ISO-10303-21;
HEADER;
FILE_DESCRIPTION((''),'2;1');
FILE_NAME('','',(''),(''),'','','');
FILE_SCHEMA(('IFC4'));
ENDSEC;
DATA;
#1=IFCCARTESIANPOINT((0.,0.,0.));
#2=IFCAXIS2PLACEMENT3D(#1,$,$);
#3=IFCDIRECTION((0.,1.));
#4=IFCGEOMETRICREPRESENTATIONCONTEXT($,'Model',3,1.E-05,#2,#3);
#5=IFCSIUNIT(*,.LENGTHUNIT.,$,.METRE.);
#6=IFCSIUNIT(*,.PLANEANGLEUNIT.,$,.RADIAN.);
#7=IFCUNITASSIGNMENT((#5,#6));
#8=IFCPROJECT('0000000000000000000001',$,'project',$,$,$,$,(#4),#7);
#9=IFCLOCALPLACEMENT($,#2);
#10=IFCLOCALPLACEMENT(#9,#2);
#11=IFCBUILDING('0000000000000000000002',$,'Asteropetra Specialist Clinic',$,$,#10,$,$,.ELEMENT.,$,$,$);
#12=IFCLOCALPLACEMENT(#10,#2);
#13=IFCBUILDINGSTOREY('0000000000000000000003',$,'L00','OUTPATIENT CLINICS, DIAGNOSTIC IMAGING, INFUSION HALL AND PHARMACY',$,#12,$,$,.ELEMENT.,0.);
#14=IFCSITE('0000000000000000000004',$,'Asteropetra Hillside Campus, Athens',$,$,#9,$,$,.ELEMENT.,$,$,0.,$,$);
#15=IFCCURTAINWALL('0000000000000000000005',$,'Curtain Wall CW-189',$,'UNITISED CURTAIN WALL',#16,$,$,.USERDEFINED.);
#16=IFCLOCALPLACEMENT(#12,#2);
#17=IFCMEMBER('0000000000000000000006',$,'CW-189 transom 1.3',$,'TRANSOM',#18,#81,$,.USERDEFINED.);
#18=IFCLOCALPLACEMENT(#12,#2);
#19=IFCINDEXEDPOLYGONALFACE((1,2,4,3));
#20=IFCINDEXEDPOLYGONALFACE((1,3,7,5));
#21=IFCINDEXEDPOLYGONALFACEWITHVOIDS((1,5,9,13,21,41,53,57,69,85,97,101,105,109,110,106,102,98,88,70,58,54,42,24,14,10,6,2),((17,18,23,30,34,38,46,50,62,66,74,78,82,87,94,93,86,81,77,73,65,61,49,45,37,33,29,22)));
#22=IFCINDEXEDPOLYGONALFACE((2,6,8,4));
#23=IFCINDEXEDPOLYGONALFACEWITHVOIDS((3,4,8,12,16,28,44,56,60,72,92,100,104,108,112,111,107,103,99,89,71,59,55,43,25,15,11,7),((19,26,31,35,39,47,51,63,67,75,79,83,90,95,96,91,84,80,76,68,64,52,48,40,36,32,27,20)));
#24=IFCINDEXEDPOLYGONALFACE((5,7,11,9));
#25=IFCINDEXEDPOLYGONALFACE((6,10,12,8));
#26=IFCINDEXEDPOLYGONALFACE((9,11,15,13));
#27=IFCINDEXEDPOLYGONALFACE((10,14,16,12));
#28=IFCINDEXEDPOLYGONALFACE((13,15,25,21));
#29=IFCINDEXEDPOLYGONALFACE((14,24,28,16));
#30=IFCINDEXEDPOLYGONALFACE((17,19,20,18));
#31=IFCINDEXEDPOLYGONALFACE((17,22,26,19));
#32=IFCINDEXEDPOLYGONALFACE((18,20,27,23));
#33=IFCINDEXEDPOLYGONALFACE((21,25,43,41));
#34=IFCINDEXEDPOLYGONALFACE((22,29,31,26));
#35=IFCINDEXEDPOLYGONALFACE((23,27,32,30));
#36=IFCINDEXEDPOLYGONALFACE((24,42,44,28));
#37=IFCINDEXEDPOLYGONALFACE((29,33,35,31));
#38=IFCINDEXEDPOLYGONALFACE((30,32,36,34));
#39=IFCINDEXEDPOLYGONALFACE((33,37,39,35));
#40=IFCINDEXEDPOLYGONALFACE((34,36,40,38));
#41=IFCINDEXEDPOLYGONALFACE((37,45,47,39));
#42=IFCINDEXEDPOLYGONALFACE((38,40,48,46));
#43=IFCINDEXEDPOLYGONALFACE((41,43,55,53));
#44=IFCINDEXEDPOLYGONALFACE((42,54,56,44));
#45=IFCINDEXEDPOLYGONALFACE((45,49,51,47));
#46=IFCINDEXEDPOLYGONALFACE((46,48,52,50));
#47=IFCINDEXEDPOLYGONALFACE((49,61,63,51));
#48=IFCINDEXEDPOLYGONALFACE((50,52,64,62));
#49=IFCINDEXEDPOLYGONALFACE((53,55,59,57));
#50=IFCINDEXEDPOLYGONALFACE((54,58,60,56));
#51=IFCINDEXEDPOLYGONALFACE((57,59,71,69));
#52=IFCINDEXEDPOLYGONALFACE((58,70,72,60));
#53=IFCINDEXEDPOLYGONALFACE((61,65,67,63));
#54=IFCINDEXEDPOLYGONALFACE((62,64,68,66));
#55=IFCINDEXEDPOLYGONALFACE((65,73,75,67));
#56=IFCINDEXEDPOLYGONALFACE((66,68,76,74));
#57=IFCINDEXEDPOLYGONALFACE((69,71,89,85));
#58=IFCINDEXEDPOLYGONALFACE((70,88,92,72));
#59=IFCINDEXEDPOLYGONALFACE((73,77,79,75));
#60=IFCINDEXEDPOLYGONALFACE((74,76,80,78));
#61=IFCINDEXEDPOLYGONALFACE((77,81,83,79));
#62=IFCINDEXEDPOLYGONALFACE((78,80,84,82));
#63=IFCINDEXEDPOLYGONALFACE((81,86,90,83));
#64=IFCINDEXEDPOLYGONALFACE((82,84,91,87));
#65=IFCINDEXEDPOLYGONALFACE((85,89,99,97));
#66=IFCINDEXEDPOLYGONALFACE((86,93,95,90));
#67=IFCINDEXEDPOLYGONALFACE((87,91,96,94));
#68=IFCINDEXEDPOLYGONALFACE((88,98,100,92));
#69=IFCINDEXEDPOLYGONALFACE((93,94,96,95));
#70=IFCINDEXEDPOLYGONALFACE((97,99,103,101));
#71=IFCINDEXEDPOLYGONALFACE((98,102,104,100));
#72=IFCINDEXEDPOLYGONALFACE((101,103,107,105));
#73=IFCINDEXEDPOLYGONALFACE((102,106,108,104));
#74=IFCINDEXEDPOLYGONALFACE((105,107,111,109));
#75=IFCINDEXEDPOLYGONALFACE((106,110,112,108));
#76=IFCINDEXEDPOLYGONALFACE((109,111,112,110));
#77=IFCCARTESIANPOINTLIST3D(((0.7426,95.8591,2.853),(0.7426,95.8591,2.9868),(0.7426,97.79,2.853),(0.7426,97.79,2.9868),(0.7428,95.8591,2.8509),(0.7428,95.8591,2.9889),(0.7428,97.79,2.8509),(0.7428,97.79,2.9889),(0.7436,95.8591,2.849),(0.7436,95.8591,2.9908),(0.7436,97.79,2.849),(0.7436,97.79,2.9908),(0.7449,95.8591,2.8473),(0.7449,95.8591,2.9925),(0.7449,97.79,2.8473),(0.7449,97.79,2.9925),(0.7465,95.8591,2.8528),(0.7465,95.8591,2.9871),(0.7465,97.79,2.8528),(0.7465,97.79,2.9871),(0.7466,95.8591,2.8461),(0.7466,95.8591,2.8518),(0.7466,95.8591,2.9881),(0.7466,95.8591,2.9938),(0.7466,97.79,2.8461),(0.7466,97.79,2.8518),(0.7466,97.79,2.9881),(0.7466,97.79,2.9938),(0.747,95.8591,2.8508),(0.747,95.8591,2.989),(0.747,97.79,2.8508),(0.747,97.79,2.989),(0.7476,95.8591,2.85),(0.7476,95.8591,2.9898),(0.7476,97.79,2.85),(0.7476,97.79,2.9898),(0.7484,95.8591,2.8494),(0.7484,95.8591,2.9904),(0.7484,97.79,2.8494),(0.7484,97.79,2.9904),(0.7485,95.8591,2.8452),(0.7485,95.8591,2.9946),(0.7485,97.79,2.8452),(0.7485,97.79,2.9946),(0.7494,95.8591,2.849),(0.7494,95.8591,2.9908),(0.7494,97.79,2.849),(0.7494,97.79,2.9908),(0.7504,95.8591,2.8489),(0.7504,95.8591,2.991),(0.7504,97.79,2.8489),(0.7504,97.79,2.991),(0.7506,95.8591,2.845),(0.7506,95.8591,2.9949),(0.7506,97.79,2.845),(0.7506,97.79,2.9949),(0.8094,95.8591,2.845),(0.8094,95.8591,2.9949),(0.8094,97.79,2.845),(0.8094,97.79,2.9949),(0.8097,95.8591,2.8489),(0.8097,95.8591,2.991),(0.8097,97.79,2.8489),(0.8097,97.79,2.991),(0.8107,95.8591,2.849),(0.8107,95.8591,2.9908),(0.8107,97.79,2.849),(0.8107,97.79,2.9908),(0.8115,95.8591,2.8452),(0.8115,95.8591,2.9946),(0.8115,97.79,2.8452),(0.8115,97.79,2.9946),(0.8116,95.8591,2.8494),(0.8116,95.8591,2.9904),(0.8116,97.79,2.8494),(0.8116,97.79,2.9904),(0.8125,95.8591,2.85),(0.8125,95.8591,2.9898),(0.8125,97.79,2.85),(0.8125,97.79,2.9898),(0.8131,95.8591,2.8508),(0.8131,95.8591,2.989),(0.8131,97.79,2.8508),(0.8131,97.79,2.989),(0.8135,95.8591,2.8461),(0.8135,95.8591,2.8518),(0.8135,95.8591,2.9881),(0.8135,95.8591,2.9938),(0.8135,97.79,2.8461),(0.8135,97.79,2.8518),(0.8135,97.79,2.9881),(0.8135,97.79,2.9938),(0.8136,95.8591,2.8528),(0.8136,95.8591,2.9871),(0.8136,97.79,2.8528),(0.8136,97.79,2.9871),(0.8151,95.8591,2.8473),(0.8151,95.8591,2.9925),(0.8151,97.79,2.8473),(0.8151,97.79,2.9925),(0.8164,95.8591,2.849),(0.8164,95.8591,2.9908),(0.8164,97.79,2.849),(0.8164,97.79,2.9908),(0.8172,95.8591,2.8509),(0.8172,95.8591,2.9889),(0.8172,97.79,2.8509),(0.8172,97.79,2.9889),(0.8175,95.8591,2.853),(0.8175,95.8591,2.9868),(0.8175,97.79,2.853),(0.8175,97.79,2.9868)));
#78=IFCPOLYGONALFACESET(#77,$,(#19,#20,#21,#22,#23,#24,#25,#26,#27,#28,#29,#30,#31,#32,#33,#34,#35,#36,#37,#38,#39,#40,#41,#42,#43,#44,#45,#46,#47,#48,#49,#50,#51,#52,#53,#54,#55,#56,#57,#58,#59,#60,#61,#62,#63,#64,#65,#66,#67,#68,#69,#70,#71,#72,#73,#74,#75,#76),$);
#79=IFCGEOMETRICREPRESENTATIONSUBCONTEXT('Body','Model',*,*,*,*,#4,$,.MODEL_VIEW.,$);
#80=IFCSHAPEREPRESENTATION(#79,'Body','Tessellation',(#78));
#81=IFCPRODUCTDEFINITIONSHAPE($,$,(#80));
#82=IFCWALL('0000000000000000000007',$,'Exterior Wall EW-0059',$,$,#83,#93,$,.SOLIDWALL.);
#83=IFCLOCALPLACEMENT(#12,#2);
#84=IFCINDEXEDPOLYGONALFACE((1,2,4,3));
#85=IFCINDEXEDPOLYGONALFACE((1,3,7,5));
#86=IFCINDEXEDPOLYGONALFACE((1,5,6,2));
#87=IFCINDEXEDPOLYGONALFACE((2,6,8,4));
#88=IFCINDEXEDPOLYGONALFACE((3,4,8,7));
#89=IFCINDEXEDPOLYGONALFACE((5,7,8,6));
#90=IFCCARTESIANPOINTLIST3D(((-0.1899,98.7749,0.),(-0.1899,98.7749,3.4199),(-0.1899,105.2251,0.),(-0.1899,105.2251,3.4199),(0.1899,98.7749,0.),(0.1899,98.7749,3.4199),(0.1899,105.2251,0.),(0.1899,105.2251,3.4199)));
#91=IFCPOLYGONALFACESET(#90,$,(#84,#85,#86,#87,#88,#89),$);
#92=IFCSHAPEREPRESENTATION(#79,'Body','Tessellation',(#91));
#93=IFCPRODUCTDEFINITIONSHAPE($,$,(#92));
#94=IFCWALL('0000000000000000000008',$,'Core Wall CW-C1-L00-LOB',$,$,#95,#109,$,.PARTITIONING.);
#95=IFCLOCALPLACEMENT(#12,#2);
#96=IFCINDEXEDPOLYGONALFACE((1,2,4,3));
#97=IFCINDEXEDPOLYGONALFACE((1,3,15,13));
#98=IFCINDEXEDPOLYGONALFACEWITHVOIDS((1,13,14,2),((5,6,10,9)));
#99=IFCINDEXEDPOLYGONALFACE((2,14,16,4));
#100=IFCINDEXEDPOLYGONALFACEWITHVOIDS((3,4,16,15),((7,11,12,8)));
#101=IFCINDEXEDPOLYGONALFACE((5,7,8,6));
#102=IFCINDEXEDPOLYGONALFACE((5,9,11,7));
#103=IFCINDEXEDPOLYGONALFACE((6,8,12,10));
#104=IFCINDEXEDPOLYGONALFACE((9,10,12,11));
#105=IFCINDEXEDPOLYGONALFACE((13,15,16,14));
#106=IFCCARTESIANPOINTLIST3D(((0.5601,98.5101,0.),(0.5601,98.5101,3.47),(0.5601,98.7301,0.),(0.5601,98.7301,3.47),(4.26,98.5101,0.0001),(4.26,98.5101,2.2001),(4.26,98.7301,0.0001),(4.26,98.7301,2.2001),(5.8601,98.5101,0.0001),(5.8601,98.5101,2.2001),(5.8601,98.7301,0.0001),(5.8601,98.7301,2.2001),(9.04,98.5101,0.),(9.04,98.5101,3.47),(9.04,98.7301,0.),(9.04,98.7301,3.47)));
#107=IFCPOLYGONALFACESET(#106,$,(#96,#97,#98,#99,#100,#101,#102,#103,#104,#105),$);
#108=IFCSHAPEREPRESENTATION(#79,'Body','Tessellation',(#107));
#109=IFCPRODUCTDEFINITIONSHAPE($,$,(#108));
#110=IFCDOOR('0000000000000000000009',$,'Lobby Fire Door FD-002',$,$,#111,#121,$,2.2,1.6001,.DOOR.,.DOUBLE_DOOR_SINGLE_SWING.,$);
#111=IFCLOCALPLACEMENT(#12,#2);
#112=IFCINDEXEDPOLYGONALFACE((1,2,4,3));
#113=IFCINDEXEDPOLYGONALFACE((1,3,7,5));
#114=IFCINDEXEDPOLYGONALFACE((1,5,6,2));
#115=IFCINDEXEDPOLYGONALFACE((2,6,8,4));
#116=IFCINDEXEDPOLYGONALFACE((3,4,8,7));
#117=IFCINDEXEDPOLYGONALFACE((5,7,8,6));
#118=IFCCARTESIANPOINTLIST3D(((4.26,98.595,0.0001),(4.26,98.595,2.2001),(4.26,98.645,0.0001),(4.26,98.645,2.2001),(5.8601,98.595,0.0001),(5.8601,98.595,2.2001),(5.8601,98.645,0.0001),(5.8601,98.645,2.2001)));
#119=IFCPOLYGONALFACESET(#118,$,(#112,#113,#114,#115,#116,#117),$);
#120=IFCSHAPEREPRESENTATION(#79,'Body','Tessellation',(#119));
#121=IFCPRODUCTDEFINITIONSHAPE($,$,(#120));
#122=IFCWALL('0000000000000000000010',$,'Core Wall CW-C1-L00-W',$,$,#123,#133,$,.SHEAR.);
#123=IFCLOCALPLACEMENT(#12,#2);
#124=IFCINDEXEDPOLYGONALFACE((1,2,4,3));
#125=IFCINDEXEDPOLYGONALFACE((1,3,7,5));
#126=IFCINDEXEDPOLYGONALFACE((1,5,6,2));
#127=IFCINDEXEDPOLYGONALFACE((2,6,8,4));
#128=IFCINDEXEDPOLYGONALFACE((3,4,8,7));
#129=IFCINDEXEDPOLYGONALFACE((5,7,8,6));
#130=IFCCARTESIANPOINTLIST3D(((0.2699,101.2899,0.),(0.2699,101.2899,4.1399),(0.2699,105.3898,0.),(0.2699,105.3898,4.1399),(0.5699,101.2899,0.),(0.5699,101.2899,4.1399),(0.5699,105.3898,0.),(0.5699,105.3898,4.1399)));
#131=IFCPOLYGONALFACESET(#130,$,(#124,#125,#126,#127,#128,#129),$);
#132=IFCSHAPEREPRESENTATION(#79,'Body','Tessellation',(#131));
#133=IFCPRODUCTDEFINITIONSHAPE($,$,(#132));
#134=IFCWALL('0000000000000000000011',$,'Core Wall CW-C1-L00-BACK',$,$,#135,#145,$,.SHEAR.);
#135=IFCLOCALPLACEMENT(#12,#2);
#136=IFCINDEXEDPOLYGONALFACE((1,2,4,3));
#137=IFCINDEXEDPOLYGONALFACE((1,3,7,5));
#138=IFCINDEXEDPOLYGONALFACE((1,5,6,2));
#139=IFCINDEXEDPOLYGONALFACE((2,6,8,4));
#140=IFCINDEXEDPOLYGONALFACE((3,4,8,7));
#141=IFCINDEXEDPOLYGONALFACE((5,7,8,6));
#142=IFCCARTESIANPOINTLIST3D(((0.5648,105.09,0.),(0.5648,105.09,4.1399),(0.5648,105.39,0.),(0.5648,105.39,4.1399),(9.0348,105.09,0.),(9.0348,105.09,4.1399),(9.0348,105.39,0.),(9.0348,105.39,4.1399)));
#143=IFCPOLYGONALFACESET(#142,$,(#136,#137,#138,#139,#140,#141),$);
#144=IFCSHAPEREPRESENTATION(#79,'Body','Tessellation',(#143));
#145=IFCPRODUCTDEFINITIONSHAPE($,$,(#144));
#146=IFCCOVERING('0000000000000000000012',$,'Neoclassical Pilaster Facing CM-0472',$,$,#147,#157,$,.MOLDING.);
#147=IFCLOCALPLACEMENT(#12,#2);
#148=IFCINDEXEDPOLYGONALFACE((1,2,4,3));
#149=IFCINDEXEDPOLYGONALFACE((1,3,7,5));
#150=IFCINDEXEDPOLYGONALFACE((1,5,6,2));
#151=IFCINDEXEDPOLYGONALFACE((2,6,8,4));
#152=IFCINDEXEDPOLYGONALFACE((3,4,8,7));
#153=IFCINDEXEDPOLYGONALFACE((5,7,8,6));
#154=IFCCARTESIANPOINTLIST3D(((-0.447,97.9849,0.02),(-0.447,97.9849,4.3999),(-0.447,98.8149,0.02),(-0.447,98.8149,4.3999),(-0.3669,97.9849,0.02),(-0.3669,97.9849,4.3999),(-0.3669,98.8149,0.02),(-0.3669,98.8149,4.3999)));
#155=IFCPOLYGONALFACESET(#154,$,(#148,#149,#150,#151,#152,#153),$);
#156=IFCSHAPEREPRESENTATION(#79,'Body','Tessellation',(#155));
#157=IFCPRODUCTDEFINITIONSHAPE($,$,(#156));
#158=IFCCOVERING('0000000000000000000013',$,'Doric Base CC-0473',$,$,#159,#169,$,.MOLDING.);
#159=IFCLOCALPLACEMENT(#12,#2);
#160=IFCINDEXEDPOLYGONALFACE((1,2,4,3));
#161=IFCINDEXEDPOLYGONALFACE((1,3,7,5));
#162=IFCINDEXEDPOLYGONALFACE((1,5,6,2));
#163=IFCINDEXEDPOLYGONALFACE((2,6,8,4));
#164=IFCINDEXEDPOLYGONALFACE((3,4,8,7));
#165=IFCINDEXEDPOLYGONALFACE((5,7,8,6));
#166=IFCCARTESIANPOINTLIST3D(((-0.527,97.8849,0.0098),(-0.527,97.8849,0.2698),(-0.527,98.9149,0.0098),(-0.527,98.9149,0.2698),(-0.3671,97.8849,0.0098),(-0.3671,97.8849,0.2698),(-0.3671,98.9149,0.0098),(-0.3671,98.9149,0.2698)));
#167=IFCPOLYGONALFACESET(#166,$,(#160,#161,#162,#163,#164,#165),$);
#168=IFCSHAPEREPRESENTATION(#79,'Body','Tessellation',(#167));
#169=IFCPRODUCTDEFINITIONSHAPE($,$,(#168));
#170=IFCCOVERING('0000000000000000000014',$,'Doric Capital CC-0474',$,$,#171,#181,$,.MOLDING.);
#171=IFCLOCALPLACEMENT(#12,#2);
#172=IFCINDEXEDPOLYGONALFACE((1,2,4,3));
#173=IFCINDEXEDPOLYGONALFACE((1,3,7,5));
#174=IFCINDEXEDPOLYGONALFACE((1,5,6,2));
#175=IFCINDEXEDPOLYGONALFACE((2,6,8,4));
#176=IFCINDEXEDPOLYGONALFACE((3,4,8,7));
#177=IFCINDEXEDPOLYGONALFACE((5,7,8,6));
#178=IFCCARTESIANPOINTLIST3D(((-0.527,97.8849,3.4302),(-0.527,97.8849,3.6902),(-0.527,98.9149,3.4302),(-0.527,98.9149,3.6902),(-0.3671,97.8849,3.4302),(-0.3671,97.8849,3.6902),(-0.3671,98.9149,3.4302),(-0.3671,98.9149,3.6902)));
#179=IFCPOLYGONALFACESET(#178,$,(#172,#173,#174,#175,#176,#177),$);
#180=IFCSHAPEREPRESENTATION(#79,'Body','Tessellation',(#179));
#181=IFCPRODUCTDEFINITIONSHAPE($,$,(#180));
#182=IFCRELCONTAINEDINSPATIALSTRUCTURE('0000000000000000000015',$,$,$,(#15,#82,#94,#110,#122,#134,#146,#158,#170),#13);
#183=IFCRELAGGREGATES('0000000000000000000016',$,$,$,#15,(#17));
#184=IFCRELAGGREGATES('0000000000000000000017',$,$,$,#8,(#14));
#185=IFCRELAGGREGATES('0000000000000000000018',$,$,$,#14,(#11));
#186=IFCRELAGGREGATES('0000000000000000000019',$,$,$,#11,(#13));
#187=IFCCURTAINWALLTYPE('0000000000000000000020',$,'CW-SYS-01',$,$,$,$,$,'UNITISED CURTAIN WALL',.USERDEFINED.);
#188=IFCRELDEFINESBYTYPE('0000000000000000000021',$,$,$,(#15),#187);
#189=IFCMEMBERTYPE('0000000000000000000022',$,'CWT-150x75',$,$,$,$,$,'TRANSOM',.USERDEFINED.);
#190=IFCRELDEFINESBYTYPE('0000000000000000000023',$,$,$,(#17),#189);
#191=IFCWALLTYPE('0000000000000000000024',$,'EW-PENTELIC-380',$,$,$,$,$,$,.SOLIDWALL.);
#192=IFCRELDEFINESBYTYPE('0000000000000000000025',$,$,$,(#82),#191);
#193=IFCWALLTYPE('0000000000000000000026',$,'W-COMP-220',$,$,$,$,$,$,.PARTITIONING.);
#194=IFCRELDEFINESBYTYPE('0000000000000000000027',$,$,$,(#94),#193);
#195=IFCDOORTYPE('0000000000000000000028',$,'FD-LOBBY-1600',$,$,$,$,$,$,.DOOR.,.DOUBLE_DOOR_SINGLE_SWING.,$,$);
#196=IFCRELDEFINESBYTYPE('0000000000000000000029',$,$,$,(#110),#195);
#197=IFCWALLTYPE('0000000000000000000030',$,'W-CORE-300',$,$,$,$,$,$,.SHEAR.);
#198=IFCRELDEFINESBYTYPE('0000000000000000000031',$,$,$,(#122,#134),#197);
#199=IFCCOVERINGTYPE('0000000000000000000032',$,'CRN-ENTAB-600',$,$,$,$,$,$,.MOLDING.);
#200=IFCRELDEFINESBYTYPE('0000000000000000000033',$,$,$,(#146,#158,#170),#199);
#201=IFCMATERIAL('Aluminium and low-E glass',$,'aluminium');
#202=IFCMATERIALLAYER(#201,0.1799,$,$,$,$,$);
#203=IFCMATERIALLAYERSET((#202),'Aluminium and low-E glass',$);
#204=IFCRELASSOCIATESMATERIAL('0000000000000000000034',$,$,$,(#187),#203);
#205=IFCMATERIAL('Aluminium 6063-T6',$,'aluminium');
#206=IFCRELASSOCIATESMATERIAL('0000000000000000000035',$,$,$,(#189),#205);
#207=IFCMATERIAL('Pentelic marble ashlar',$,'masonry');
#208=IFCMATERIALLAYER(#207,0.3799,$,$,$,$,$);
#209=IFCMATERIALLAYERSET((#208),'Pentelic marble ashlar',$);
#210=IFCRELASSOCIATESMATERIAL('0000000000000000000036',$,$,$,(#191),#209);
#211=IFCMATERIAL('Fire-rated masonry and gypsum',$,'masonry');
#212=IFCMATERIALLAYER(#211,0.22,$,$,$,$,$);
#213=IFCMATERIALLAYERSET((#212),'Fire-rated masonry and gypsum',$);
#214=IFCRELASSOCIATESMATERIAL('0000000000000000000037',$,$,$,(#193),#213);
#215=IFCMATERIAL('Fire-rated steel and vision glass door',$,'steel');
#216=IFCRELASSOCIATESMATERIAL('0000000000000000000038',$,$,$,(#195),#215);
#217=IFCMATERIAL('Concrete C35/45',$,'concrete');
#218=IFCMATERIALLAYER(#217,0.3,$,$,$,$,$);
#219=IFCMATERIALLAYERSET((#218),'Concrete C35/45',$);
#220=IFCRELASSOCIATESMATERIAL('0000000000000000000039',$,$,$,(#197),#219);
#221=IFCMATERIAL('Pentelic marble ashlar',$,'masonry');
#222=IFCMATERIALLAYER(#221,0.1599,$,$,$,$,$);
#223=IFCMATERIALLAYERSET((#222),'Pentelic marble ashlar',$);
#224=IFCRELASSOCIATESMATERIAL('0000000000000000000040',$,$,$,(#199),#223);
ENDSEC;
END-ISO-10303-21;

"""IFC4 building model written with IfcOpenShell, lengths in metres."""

from ifc_helpers import new_model, si_unit, direction, frame, frame_2d, origin, origin_2d, place, context, subcontext, project, spatial, rectangle, hollow_rectangle, extrude, material, layer, layer_set, material_profile, profile_set, type_object, element, fill, aggregate, save


model = new_model("IFC4")

# Units and contexts
model_context = context("Model", 3, precision=1e-05, world=origin(), true_north=direction((0.0, 1.0)))
body_context = subcontext(model_context, "Body", "Model", "MODEL_VIEW")
ifc_project = project(units=[si_unit("LENGTHUNIT", "METRE"), si_unit("PLANEANGLEUNIT", "RADIAN")], contexts=[model_context])

# Site, building, storey
site_placement = place(None, origin())
site = spatial("IfcSite", under=ifc_project, at=site_placement, Name="Asteropetra Hillside Campus, Athens", CompositionType="ELEMENT", RefElevation=0.0)
building_placement = place(site_placement, origin())
building = spatial("IfcBuilding", under=site, at=building_placement, Name="Asteropetra Specialist Clinic", CompositionType="ELEMENT")
storey_placement = place(building_placement, origin())
storey = spatial("IfcBuildingStorey", under=building, at=storey_placement, Name="L00", Description="OUTPATIENT CLINICS, DIAGNOSTIC IMAGING, INFUSION HALL AND PHARMACY", CompositionType="ELEMENT", Elevation=0.0)

# Curtain wall, member
ifc_material_1 = material(Name="Aluminium and low-E glass", Category="aluminium")
ifc_layer_1 = layer(ifc_material_1, 0.1799)
ifc_layer_set_1 = layer_set([ifc_layer_1], Name="Aluminium and low-E glass")
curtain_wall_type = type_object("IfcCurtainWallType", Name="CW-SYS-01", ElementType="UNITISED CURTAIN WALL", PredefinedType="USERDEFINED", material=ifc_layer_set_1)
curtain_wall_placement = place(storey_placement, origin())
curtain_wall = element("IfcCurtainWall", 1, at=curtain_wall_placement, inside=storey, type_object=curtain_wall_type, Name="Curtain Wall CW-189", ObjectType="UNITISED CURTAIN WALL", PredefinedType="USERDEFINED")
ifc_material_2 = material(Name="Aluminium 6063-T6", Category="aluminium")
ifc_material_profile_1 = material_profile(ifc_material_2, hollow_rectangle(XDim=0.075, YDim=0.1499, WallThickness=0.0039, InnerFilletRadius=0.0039, OuterFilletRadius=0.0081, at=origin_2d()), Name="TRN 150x75x4.0")
ifc_profile_set_1 = profile_set([ifc_material_profile_1], Name="Aluminium 6063-T6")
member_type = type_object("IfcMemberType", Name="CWT-150x75", ElementType="TRANSOM", PredefinedType="USERDEFINED", material=ifc_profile_set_1)
member_1_placement = place(storey_placement, frame((0.78, 97.79, 2.9199), z_axis=(0.0, -1.0, 0.0), x_axis=(1.0, 0.0, 0.0)))
member_1 = element("IfcMember", 2, at=member_1_placement, type_object=member_type, Name="CW-189 transom 1.3", ObjectType="TRANSOM", PredefinedType="USERDEFINED", context=body_context, shape_type="SweptSolid", body=[
    extrude(hollow_rectangle(XDim=0.075, YDim=0.1499, WallThickness=0.0039, InnerFilletRadius=0.0039, OuterFilletRadius=0.0081, at=origin_2d()), origin(), (0.0, 0.0, 1.0), 1.9309),
])
aggregate(curtain_wall, [member_1])

# Wall
ifc_material_3 = material(Name="Pentelic marble ashlar", Category="masonry")
ifc_layer_2 = layer(ifc_material_3, 0.3799)
ifc_layer_set_2 = layer_set([ifc_layer_2], Name="Pentelic marble ashlar")
wall_type_1 = type_object("IfcWallType", Name="EW-PENTELIC-380", PredefinedType="SOLIDWALL", material=ifc_layer_set_2)
wall_1_placement = place(storey_placement, frame((0.0, 105.2251, 0.0), z_axis=(0.0, 0.0, 1.0), x_axis=(0.0, -1.0, 0.0)))
element("IfcWall", 3, at=wall_1_placement, inside=storey, type_object=wall_type_1, Name="Exterior Wall EW-0059", PredefinedType="SOLIDWALL", context=body_context, shape_type="SweptSolid", body=[
    extrude(rectangle(XDim=6.4502, YDim=0.3799, at=frame_2d((3.2251, 0.0))), origin(), (0.0, 0.0, 1.0), 3.4199),
])

# Wall, opening, door
ifc_material_4 = material(Name="Fire-rated masonry and gypsum", Category="masonry")
ifc_layer_3 = layer(ifc_material_4, 0.22)
ifc_layer_set_3 = layer_set([ifc_layer_3], Name="Fire-rated masonry and gypsum")
wall_type_2 = type_object("IfcWallType", Name="W-COMP-220", PredefinedType="PARTITIONING", material=ifc_layer_set_3)
wall_2_placement = place(storey_placement, frame((0.5601, 98.6201, 0.0), z_axis=(0.0, 0.0, 1.0), x_axis=(1.0, 0.0, 0.0)))
wall_2 = element("IfcWall", 4, at=wall_2_placement, inside=storey, type_object=wall_type_2, Name="Core Wall CW-C1-L00-LOB", PredefinedType="PARTITIONING", context=body_context, shape_type="SweptSolid", body=[
    extrude(rectangle(XDim=8.48, YDim=0.22, at=frame_2d((4.24, 0.0))), origin(), (0.0, 0.0, 1.0), 3.47),
])
opening_1_placement = place(wall_2_placement, frame((3.7, 0.0, 0.0)))
opening_1 = element("IfcOpeningElement", 5, at=opening_1_placement, cuts=wall_2, PredefinedType="OPENING", context=body_context, shape_type="SweptSolid", body=[
    extrude(rectangle(XDim=1.6001, YDim=2.2, at=frame_2d((0.8, 1.1001))), frame((0.0, 0.1199, 0.0), z_axis=(0.0, -1.0, 0.0), x_axis=(1.0, 0.0, 0.0)), (0.0, 0.0, 1.0), 0.24),
])
ifc_material_5 = material(Name="Fire-rated steel and vision glass door", Category="steel")
door_type_1 = type_object("IfcDoorType", Name="FD-LOBBY-1600", OperationType="DOUBLE_DOOR_SINGLE_SWING", PredefinedType="DOOR", material=ifc_material_5)
door_1_placement = place(opening_1_placement, origin())
door_1 = element("IfcDoor", 6, at=door_1_placement, inside=storey, type_object=door_type_1, Name="Lobby Fire Door FD-002", OperationType="DOUBLE_DOOR_SINGLE_SWING", OverallHeight=2.2, OverallWidth=1.6001, PredefinedType="DOOR", context=body_context, shape_type="SweptSolid", body=[
    extrude(rectangle(XDim=1.6001, YDim=2.2, at=frame_2d((0.8, 1.1001))), frame((0.0, 0.0249, 0.0), z_axis=(0.0, -1.0, 0.0), x_axis=(1.0, 0.0, 0.0)), (0.0, 0.0, 1.0), 0.05),
])
fill(opening_1, door_1)

# Walls
ifc_material_6 = material(Name="Concrete C35/45", Category="concrete")
ifc_layer_4 = layer(ifc_material_6, 0.3)
ifc_layer_set_4 = layer_set([ifc_layer_4], Name="Concrete C35/45")
wall_type_3 = type_object("IfcWallType", Name="W-CORE-300", PredefinedType="SHEAR", material=ifc_layer_set_4)
wall_3_placement = place(storey_placement, frame((0.4199, 101.29, 0.0), z_axis=(0.0, 0.0, 1.0), x_axis=(0.0, 1.0, 0.0)))
element("IfcWall", 7, at=wall_3_placement, inside=storey, type_object=wall_type_3, Name="Core Wall CW-C1-L00-W", PredefinedType="SHEAR", context=body_context, shape_type="SweptSolid", body=[
    extrude(rectangle(XDim=4.0999, YDim=0.3, at=frame_2d((2.0498, 0.0))), origin(), (0.0, 0.0, 1.0), 4.1399),
])
wall_4_placement = place(storey_placement, frame((0.5649, 105.24, 0.0), z_axis=(0.0, 0.0, 1.0), x_axis=(1.0, 0.0, 0.0)))
element("IfcWall", 8, at=wall_4_placement, inside=storey, type_object=wall_type_3, Name="Core Wall CW-C1-L00-BACK", PredefinedType="SHEAR", context=body_context, shape_type="SweptSolid", body=[
    extrude(rectangle(XDim=8.47, YDim=0.3, at=frame_2d((4.2349, 0.0))), origin(), (0.0, 0.0, 1.0), 4.1399),
])

# Coverings
ifc_material_7 = material(Name="Pentelic marble ashlar", Category="masonry")
ifc_layer_5 = layer(ifc_material_7, 0.1599)
ifc_layer_set_5 = layer_set([ifc_layer_5], Name="Pentelic marble ashlar")
covering_type = type_object("IfcCoveringType", Name="CRN-ENTAB-600", PredefinedType="MOLDING", material=ifc_layer_set_5)
covering_1_placement = place(storey_placement, frame((-0.407, 98.3999, 0.02), z_axis=(0.0, 0.0, 1.0), x_axis=(1.0, 0.0, 0.0)))
element("IfcCovering", 9, at=covering_1_placement, inside=storey, type_object=covering_type, Name="Neoclassical Pilaster Facing CM-0472", PredefinedType="MOLDING", context=body_context, shape_type="SweptSolid", body=[
    extrude(rectangle(XDim=0.0801, YDim=0.8301, at=origin_2d()), origin(), (0.0, 0.0, 1.0), 4.3799),
])
for number, where, z_axis, x_axis, name in (
    (10, (-0.447, 98.3999, 0.0098), (0.0, 0.0, 1.0), (1.0, 0.0, 0.0), "Doric Base CC-0473"),
    (11, (-0.447, 98.3999, 3.4302), (0.0, 0.0, 1.0), (1.0, 0.0, 0.0), "Doric Capital CC-0474"),
):
    element("IfcCovering", number, at=place(storey_placement, frame(where, z_axis=z_axis, x_axis=x_axis)), inside=storey, type_object=covering_type, Name=name, PredefinedType="MOLDING", context=body_context, shape_type="SweptSolid", body=[
        extrude(rectangle(XDim=0.1599, YDim=1.03, at=origin_2d()), origin(), (0.0, 0.0, 1.0), 0.26),
    ])

save(model, "model.ifc")
